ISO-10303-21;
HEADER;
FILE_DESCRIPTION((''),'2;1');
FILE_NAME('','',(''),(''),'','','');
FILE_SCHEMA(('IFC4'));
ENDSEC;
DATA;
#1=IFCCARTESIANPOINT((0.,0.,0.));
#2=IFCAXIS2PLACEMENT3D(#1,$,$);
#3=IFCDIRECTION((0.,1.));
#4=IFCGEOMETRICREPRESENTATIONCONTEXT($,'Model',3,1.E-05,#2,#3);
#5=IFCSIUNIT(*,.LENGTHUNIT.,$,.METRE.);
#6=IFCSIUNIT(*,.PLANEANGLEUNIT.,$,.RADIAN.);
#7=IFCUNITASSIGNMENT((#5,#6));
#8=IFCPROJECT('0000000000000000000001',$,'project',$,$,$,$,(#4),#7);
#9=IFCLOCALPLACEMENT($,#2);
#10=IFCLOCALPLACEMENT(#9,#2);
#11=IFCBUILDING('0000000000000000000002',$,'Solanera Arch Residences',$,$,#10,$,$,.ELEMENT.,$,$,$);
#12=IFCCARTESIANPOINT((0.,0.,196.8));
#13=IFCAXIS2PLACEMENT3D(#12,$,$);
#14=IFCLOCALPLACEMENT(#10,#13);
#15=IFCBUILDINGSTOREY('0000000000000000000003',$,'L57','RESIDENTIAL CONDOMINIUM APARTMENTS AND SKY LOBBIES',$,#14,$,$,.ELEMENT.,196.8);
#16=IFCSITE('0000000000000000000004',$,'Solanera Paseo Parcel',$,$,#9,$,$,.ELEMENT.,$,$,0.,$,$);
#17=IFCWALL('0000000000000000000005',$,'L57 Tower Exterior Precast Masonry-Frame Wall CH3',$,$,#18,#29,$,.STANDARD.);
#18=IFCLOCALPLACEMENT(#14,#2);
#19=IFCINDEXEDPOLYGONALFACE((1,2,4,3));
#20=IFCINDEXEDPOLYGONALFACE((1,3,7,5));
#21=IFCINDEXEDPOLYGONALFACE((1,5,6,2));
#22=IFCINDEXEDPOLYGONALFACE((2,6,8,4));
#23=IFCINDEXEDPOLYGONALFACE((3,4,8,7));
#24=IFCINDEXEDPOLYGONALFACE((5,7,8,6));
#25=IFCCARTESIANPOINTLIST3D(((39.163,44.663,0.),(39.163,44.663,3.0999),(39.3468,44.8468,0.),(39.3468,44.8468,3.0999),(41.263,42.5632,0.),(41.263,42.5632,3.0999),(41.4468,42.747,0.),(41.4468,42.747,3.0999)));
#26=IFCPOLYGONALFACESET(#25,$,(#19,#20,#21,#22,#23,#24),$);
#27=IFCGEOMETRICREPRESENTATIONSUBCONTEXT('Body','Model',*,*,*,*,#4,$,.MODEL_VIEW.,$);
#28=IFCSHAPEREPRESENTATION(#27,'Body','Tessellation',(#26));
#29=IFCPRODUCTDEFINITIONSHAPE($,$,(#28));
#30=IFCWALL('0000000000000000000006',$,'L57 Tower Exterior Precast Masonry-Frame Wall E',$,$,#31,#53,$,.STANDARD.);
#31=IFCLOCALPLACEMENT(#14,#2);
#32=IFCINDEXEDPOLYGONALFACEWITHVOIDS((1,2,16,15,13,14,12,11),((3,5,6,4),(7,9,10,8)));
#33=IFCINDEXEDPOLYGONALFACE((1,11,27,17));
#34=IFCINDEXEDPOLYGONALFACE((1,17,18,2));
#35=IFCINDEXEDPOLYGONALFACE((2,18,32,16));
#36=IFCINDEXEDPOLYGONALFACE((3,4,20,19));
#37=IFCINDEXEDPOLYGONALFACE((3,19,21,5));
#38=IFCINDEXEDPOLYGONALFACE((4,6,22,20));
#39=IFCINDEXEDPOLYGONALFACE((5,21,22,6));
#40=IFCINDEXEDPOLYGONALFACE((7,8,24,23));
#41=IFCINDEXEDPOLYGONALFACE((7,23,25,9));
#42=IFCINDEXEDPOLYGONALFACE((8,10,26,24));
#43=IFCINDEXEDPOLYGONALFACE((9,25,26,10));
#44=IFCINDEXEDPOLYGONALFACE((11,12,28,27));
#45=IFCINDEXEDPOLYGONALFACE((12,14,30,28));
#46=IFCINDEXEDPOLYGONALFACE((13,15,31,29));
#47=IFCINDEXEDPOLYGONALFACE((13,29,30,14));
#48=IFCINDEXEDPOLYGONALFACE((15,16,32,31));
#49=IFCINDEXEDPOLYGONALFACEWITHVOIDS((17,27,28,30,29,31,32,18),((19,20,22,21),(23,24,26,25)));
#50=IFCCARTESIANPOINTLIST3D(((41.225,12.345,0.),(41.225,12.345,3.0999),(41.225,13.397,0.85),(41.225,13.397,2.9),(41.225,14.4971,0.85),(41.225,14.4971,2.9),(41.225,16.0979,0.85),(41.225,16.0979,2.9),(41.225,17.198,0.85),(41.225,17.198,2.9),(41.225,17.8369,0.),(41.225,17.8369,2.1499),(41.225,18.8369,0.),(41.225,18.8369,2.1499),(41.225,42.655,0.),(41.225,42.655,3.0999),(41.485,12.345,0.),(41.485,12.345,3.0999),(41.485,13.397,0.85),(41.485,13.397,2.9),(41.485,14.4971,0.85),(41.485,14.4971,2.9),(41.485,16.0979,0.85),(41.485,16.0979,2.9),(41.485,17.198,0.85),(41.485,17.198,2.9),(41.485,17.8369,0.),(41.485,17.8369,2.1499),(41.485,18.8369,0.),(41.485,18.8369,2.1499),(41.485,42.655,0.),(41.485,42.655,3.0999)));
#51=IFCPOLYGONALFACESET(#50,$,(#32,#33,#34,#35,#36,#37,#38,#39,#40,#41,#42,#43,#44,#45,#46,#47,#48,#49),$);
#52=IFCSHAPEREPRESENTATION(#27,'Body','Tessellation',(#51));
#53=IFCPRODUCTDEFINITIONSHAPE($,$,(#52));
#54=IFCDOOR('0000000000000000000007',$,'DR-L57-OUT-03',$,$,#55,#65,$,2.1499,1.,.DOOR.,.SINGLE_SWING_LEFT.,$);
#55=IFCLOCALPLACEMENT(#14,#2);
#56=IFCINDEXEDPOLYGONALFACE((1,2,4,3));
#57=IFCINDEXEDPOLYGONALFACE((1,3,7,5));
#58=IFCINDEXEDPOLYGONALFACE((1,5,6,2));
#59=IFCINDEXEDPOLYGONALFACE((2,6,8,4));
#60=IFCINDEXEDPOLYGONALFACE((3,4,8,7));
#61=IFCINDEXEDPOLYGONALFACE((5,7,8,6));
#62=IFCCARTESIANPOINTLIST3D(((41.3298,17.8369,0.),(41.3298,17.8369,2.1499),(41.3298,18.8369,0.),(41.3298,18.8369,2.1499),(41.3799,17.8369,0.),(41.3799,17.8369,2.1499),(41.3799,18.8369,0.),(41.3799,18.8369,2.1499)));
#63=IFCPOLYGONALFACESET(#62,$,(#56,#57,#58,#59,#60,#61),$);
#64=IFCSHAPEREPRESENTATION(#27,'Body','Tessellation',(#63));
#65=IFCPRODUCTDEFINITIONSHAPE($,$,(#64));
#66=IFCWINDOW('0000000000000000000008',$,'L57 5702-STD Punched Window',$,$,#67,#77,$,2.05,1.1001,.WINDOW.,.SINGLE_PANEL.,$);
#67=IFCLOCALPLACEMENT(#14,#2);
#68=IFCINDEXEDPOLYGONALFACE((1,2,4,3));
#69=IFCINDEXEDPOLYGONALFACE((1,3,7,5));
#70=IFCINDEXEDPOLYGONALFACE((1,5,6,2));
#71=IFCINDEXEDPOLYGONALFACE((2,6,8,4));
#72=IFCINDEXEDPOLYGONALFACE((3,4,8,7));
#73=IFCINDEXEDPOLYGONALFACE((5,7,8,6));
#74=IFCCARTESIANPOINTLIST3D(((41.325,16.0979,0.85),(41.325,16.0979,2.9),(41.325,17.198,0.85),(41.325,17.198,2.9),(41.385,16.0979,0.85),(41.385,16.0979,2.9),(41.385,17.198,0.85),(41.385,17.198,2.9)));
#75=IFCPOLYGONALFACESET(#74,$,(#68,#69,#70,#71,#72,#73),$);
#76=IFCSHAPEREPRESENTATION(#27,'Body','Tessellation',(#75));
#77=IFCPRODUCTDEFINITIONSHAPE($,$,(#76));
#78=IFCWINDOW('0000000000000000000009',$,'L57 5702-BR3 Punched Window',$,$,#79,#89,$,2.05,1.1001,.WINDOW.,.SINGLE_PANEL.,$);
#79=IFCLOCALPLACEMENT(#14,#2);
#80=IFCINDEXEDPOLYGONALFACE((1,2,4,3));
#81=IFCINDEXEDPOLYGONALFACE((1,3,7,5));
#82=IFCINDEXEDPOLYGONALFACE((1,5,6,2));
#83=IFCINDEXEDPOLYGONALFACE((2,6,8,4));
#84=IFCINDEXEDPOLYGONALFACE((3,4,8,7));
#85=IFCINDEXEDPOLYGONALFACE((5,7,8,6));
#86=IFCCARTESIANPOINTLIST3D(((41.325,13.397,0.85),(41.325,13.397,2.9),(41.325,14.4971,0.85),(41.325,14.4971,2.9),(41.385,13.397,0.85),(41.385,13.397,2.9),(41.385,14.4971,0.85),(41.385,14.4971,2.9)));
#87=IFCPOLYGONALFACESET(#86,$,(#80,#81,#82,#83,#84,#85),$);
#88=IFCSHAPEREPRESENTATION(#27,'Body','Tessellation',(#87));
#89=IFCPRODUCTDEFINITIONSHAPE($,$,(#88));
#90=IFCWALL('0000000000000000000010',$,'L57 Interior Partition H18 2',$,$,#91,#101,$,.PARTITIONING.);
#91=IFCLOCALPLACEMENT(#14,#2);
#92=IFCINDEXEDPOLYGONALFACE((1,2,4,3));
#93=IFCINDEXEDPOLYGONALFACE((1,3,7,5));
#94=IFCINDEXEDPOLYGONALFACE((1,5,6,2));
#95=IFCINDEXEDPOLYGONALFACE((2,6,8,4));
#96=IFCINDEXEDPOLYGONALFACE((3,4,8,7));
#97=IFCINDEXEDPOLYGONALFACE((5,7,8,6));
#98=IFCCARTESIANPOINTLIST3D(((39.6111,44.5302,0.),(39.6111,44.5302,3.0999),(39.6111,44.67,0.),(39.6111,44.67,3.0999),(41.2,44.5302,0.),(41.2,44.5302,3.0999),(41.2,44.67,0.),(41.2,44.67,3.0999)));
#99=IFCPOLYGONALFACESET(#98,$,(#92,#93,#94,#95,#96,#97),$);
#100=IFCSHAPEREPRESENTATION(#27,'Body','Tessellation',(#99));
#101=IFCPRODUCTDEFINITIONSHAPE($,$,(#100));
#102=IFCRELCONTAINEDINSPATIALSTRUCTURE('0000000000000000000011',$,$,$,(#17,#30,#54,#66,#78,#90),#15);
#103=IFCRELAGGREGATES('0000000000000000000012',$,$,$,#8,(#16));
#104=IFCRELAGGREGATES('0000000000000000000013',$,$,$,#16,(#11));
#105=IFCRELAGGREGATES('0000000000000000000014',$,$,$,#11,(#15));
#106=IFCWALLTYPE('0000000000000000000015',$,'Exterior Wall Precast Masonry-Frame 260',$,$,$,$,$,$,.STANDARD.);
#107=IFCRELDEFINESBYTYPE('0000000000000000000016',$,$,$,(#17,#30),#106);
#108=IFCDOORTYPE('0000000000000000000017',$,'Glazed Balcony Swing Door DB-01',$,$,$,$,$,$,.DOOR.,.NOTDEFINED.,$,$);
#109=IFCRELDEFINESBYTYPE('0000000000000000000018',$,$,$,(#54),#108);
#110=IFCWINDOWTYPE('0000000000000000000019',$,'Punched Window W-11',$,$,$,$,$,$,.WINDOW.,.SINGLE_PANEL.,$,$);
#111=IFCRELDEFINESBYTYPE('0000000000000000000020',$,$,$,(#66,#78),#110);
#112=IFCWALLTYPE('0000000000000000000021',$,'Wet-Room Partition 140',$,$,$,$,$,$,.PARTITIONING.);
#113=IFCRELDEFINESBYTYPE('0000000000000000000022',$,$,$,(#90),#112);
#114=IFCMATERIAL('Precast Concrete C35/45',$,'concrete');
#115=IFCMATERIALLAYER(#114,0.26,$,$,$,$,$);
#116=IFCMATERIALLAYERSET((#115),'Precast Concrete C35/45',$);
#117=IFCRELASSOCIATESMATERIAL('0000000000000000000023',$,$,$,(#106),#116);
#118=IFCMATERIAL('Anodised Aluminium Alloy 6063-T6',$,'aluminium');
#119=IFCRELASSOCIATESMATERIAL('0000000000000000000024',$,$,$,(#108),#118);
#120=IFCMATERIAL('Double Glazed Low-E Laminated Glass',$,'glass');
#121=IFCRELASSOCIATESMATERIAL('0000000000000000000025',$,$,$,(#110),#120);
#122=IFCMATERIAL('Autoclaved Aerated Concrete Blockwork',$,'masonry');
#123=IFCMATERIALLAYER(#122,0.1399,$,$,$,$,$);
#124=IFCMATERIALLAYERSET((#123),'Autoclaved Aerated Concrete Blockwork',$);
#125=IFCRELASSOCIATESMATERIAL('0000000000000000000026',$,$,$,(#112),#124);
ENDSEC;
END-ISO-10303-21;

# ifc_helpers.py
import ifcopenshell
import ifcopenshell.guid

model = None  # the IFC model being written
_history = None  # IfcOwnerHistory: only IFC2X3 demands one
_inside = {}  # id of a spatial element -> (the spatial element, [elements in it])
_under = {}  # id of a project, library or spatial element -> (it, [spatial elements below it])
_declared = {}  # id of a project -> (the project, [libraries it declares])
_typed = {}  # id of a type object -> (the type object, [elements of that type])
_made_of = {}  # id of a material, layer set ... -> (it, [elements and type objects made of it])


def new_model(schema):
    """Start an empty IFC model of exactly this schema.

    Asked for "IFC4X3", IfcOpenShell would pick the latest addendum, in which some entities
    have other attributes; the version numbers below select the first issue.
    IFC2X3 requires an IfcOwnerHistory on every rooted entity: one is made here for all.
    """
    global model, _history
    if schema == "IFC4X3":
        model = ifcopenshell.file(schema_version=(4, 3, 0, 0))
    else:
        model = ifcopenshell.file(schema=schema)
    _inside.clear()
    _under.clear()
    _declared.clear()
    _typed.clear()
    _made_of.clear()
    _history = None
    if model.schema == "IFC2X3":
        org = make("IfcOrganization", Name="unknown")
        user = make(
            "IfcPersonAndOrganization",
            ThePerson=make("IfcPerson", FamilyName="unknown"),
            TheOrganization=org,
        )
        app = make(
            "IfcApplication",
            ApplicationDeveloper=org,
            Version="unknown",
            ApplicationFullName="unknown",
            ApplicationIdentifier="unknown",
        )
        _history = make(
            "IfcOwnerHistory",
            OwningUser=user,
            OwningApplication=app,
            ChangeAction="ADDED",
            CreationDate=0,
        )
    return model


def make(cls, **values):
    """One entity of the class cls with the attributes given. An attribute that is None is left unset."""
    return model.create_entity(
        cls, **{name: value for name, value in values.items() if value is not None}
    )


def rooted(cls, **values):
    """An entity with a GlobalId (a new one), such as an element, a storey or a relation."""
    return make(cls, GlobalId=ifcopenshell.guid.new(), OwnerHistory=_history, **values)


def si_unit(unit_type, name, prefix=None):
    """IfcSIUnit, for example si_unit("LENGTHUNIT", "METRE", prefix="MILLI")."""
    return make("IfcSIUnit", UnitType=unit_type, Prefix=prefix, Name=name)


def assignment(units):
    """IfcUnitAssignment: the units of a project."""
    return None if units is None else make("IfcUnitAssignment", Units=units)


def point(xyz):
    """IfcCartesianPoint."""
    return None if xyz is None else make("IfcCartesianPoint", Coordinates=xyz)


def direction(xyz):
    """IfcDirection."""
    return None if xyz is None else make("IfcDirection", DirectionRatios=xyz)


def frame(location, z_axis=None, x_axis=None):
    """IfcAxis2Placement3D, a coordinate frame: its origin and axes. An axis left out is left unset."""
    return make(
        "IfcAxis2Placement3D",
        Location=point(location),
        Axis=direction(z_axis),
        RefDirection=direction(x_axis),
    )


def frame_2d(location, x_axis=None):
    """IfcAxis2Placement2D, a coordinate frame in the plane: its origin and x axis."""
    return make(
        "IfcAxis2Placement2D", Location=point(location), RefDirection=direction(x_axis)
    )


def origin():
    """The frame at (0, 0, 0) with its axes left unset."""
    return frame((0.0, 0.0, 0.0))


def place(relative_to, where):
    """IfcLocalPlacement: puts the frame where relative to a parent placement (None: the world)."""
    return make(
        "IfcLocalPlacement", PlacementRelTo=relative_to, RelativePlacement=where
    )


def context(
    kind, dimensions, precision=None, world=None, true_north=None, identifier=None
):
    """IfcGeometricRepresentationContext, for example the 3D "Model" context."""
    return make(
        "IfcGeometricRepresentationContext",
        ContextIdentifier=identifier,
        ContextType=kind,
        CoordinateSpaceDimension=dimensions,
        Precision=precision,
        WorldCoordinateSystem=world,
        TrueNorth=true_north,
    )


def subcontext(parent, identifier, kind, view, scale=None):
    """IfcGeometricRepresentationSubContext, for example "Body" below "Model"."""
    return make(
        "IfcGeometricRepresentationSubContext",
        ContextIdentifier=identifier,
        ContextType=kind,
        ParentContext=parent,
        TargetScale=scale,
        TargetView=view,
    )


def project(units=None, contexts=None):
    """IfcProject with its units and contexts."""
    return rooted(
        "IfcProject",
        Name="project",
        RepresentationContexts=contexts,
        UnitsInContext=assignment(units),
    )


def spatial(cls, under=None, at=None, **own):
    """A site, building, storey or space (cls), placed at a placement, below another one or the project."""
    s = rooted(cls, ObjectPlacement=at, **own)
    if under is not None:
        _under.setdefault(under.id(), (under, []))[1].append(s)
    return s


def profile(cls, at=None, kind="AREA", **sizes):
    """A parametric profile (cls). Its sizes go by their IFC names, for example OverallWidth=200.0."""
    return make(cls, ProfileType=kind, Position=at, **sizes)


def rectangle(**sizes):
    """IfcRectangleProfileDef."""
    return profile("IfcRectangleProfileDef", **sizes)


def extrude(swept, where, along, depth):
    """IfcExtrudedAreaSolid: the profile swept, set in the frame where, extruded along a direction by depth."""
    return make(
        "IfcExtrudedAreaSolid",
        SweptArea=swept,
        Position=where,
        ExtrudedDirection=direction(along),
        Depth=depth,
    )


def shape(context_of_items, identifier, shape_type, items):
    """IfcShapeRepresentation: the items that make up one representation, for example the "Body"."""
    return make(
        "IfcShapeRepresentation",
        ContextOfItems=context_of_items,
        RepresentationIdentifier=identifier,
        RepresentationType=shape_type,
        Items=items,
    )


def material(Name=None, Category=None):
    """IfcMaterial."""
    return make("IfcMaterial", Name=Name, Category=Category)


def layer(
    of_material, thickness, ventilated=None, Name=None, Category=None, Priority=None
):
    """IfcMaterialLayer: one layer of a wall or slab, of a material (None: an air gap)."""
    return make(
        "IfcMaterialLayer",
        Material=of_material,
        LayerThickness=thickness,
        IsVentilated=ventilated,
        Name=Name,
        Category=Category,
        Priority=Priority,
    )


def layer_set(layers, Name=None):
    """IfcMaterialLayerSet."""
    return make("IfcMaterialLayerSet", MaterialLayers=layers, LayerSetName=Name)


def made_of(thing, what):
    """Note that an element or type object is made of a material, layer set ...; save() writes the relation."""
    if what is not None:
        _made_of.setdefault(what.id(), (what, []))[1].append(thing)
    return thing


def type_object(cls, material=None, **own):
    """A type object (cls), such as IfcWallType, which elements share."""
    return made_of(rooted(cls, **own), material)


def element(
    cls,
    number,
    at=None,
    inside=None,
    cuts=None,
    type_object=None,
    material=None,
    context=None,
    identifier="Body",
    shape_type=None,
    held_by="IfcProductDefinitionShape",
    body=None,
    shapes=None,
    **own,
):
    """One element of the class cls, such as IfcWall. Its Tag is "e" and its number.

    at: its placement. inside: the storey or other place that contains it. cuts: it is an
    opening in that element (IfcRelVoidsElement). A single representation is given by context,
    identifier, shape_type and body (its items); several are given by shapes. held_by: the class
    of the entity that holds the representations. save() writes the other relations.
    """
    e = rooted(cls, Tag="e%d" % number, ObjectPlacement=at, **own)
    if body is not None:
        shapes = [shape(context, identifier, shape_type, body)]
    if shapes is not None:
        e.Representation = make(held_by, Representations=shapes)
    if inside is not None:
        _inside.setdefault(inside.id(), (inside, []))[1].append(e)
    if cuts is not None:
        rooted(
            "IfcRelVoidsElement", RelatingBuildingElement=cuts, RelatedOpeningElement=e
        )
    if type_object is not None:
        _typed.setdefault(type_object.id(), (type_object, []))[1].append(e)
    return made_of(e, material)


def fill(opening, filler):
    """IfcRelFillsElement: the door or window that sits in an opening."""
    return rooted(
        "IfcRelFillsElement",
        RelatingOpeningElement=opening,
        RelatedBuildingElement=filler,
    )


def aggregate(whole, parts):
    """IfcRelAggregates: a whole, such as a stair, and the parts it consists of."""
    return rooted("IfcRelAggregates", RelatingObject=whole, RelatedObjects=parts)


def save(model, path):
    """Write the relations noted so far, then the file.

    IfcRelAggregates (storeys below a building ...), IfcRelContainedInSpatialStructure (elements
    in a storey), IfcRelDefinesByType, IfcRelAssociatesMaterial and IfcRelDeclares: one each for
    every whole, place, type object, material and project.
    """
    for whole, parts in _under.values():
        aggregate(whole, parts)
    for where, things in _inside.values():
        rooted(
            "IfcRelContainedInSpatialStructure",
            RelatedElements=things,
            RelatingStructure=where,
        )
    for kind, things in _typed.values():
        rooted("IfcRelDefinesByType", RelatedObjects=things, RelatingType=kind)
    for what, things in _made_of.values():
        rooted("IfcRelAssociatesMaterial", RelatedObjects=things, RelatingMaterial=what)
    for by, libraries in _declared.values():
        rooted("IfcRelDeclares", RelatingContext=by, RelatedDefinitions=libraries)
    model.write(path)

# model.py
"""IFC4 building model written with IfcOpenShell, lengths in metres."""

from ifc_helpers import new_model, si_unit, direction, frame, frame_2d, origin, place, context, subcontext, project, spatial, rectangle, extrude, material, layer, layer_set, type_object, element, fill, save


model = new_model("IFC4")

# Units and contexts
model_context = context("Model", 3, precision=1e-05, world=origin(), true_north=direction((0.0, 1.0)))
body_context = subcontext(model_context, "Body", "Model", "MODEL_VIEW")
ifc_project = project(units=[si_unit("LENGTHUNIT", "METRE"), si_unit("PLANEANGLEUNIT", "RADIAN")], contexts=[model_context])

# Site, building, storey
site_placement = place(None, origin())
site = spatial("IfcSite", under=ifc_project, at=site_placement, Name="Solanera Paseo Parcel", CompositionType="ELEMENT", RefElevation=0.0)
building_placement = place(site_placement, origin())
building = spatial("IfcBuilding", under=site, at=building_placement, Name="Solanera Arch Residences", CompositionType="ELEMENT")
storey_placement = place(building_placement, frame((0.0, 0.0, 196.8)))
storey = spatial("IfcBuildingStorey", under=building, at=storey_placement, Name="L57", Description="RESIDENTIAL CONDOMINIUM APARTMENTS AND SKY LOBBIES", CompositionType="ELEMENT", Elevation=196.8)

# Wall
ifc_material_1 = material(Name="Precast Concrete C35/45", Category="concrete")
ifc_layer_1 = layer(ifc_material_1, 0.26)
ifc_layer_set_1 = layer_set([ifc_layer_1], Name="Precast Concrete C35/45")
wall_type_1 = type_object("IfcWallType", Name="Exterior Wall Precast Masonry-Frame 260", PredefinedType="STANDARD", material=ifc_layer_set_1)
wall_1_placement = place(storey_placement, frame((39.2549, 44.7549, 0.0), z_axis=(0.0, 0.0, 1.0), x_axis=(0.707148, -0.707066, 0.0)))
element("IfcWall", 1, at=wall_1_placement, inside=storey, type_object=wall_type_1, Name="L57 Tower Exterior Precast Masonry-Frame Wall CH3", PredefinedType="STANDARD", context=body_context, shape_type="SweptSolid", body=[
    extrude(rectangle(XDim=2.9697, YDim=0.26, at=frame_2d((1.4849, 0.0))), origin(), (0.0, 0.0, 1.0), 3.0999),
])

# Wall, openings, door, windows
wall_2_placement = place(storey_placement, frame((41.355, 42.655, 0.0), z_axis=(0.0, 0.0, 1.0), x_axis=(0.0, -1.0, 0.0)))
wall_2 = element("IfcWall", 2, at=wall_2_placement, inside=storey, type_object=wall_type_1, Name="L57 Tower Exterior Precast Masonry-Frame Wall E", PredefinedType="STANDARD", context=body_context, shape_type="SweptSolid", body=[
    extrude(rectangle(XDim=30.3101, YDim=0.26, at=frame_2d((15.155, 0.0))), origin(), (0.0, 0.0, 1.0), 3.0999),
])
opening_1_placement = place(wall_2_placement, frame((23.8181, 0.0, 0.0)))
opening_1 = element("IfcOpeningElement", 3, at=opening_1_placement, cuts=wall_2, PredefinedType="OPENING", context=body_context, shape_type="SweptSolid", body=[
    extrude(rectangle(XDim=1.0, YDim=2.1499, at=frame_2d((0.5, 1.075))), frame((0.0, 0.1399, 0.0), z_axis=(0.0, -1.0, 0.0), x_axis=(1.0, 0.0, 0.0)), (0.0, 0.0, 1.0), 0.28),
])
opening_2_placement = place(wall_2_placement, frame((25.457, 0.0, 0.8501)))
opening_2 = element("IfcOpeningElement", 4, at=opening_2_placement, cuts=wall_2, PredefinedType="OPENING", context=body_context, shape_type="SweptSolid", body=[
    extrude(rectangle(XDim=1.1001, YDim=2.05, at=frame_2d((0.55, 1.0249))), frame((0.0, 0.1399, 0.0), z_axis=(0.0, -1.0, 0.0), x_axis=(1.0, 0.0, 0.0)), (0.0, 0.0, 1.0), 0.28),
])
opening_3_placement = place(wall_2_placement, frame((28.158, 0.0, 0.8501)))
opening_3 = element("IfcOpeningElement", 5, at=opening_3_placement, cuts=wall_2, PredefinedType="OPENING", context=body_context, shape_type="SweptSolid", body=[
    extrude(rectangle(XDim=1.1001, YDim=2.05, at=frame_2d((0.55, 1.0249))), frame((0.0, 0.1399, 0.0), z_axis=(0.0, -1.0, 0.0), x_axis=(1.0, 0.0, 0.0)), (0.0, 0.0, 1.0), 0.28),
])
ifc_material_2 = material(Name="Anodised Aluminium Alloy 6063-T6", Category="aluminium")
door_type = type_object("IfcDoorType", Name="Glazed Balcony Swing Door DB-01", OperationType="NOTDEFINED", PredefinedType="DOOR", material=ifc_material_2)
door_placement = place(opening_1_placement, origin())
door = element("IfcDoor", 6, at=door_placement, inside=storey, type_object=door_type, Name="DR-L57-OUT-03", OperationType="SINGLE_SWING_LEFT", OverallHeight=2.1499, OverallWidth=1.0, PredefinedType="DOOR", context=body_context, shape_type="SweptSolid", body=[
    extrude(rectangle(XDim=1.0, YDim=2.1499, at=frame_2d((0.5, 1.075))), frame((0.0, 0.0249, 0.0), z_axis=(0.0, -1.0, 0.0), x_axis=(1.0, 0.0, 0.0)), (0.0, 0.0, 1.0), 0.05),
])
fill(opening_1, door)
ifc_material_3 = material(Name="Double Glazed Low-E Laminated Glass", Category="glass")
window_type = type_object("IfcWindowType", Name="Punched Window W-11", PartitioningType="SINGLE_PANEL", PredefinedType="WINDOW", material=ifc_material_3)
window_1_placement = place(opening_2_placement, origin())
window_1 = element("IfcWindow", 7, at=window_1_placement, inside=storey, type_object=window_type, Name="L57 5702-STD Punched Window", OverallHeight=2.05, OverallWidth=1.1001, PartitioningType="SINGLE_PANEL", PredefinedType="WINDOW", context=body_context, shape_type="SweptSolid", body=[
    extrude(rectangle(XDim=1.1001, YDim=2.05, at=frame_2d((0.55, 1.0249))), frame((0.0, 0.03, 0.0), z_axis=(0.0, -1.0, 0.0), x_axis=(1.0, 0.0, 0.0)), (0.0, 0.0, 1.0), 0.0601),
])
fill(opening_2, window_1)
window_2_placement = place(opening_3_placement, origin())
window_2 = element("IfcWindow", 8, at=window_2_placement, inside=storey, type_object=window_type, Name="L57 5702-BR3 Punched Window", OverallHeight=2.05, OverallWidth=1.1001, PartitioningType="SINGLE_PANEL", PredefinedType="WINDOW", context=body_context, shape_type="SweptSolid", body=[
    extrude(rectangle(XDim=1.1001, YDim=2.05, at=frame_2d((0.55, 1.0249))), frame((0.0, 0.03, 0.0), z_axis=(0.0, -1.0, 0.0), x_axis=(1.0, 0.0, 0.0)), (0.0, 0.0, 1.0), 0.0601),
])
fill(opening_3, window_2)

# Wall
ifc_material_4 = material(Name="Autoclaved Aerated Concrete Blockwork", Category="masonry")
ifc_layer_2 = layer(ifc_material_4, 0.1399)
ifc_layer_set_2 = layer_set([ifc_layer_2], Name="Autoclaved Aerated Concrete Blockwork")
wall_type_2 = type_object("IfcWallType", Name="Wet-Room Partition 140", PredefinedType="PARTITIONING", material=ifc_layer_set_2)
wall_3_placement = place(storey_placement, frame((39.6111, 44.6001, 0.0), z_axis=(0.0, 0.0, 1.0), x_axis=(1.0, 0.0, 0.0)))
element("IfcWall", 9, at=wall_3_placement, inside=storey, type_object=wall_type_2, Name="L57 Interior Partition H18 2", PredefinedType="PARTITIONING", context=body_context, shape_type="SweptSolid", body=[
    extrude(rectangle(XDim=1.5889, YDim=0.1399, at=frame_2d((0.7944, 0.0))), origin(), (0.0, 0.0, 1.0), 3.0999),
])

save(model, "model.ifc")
